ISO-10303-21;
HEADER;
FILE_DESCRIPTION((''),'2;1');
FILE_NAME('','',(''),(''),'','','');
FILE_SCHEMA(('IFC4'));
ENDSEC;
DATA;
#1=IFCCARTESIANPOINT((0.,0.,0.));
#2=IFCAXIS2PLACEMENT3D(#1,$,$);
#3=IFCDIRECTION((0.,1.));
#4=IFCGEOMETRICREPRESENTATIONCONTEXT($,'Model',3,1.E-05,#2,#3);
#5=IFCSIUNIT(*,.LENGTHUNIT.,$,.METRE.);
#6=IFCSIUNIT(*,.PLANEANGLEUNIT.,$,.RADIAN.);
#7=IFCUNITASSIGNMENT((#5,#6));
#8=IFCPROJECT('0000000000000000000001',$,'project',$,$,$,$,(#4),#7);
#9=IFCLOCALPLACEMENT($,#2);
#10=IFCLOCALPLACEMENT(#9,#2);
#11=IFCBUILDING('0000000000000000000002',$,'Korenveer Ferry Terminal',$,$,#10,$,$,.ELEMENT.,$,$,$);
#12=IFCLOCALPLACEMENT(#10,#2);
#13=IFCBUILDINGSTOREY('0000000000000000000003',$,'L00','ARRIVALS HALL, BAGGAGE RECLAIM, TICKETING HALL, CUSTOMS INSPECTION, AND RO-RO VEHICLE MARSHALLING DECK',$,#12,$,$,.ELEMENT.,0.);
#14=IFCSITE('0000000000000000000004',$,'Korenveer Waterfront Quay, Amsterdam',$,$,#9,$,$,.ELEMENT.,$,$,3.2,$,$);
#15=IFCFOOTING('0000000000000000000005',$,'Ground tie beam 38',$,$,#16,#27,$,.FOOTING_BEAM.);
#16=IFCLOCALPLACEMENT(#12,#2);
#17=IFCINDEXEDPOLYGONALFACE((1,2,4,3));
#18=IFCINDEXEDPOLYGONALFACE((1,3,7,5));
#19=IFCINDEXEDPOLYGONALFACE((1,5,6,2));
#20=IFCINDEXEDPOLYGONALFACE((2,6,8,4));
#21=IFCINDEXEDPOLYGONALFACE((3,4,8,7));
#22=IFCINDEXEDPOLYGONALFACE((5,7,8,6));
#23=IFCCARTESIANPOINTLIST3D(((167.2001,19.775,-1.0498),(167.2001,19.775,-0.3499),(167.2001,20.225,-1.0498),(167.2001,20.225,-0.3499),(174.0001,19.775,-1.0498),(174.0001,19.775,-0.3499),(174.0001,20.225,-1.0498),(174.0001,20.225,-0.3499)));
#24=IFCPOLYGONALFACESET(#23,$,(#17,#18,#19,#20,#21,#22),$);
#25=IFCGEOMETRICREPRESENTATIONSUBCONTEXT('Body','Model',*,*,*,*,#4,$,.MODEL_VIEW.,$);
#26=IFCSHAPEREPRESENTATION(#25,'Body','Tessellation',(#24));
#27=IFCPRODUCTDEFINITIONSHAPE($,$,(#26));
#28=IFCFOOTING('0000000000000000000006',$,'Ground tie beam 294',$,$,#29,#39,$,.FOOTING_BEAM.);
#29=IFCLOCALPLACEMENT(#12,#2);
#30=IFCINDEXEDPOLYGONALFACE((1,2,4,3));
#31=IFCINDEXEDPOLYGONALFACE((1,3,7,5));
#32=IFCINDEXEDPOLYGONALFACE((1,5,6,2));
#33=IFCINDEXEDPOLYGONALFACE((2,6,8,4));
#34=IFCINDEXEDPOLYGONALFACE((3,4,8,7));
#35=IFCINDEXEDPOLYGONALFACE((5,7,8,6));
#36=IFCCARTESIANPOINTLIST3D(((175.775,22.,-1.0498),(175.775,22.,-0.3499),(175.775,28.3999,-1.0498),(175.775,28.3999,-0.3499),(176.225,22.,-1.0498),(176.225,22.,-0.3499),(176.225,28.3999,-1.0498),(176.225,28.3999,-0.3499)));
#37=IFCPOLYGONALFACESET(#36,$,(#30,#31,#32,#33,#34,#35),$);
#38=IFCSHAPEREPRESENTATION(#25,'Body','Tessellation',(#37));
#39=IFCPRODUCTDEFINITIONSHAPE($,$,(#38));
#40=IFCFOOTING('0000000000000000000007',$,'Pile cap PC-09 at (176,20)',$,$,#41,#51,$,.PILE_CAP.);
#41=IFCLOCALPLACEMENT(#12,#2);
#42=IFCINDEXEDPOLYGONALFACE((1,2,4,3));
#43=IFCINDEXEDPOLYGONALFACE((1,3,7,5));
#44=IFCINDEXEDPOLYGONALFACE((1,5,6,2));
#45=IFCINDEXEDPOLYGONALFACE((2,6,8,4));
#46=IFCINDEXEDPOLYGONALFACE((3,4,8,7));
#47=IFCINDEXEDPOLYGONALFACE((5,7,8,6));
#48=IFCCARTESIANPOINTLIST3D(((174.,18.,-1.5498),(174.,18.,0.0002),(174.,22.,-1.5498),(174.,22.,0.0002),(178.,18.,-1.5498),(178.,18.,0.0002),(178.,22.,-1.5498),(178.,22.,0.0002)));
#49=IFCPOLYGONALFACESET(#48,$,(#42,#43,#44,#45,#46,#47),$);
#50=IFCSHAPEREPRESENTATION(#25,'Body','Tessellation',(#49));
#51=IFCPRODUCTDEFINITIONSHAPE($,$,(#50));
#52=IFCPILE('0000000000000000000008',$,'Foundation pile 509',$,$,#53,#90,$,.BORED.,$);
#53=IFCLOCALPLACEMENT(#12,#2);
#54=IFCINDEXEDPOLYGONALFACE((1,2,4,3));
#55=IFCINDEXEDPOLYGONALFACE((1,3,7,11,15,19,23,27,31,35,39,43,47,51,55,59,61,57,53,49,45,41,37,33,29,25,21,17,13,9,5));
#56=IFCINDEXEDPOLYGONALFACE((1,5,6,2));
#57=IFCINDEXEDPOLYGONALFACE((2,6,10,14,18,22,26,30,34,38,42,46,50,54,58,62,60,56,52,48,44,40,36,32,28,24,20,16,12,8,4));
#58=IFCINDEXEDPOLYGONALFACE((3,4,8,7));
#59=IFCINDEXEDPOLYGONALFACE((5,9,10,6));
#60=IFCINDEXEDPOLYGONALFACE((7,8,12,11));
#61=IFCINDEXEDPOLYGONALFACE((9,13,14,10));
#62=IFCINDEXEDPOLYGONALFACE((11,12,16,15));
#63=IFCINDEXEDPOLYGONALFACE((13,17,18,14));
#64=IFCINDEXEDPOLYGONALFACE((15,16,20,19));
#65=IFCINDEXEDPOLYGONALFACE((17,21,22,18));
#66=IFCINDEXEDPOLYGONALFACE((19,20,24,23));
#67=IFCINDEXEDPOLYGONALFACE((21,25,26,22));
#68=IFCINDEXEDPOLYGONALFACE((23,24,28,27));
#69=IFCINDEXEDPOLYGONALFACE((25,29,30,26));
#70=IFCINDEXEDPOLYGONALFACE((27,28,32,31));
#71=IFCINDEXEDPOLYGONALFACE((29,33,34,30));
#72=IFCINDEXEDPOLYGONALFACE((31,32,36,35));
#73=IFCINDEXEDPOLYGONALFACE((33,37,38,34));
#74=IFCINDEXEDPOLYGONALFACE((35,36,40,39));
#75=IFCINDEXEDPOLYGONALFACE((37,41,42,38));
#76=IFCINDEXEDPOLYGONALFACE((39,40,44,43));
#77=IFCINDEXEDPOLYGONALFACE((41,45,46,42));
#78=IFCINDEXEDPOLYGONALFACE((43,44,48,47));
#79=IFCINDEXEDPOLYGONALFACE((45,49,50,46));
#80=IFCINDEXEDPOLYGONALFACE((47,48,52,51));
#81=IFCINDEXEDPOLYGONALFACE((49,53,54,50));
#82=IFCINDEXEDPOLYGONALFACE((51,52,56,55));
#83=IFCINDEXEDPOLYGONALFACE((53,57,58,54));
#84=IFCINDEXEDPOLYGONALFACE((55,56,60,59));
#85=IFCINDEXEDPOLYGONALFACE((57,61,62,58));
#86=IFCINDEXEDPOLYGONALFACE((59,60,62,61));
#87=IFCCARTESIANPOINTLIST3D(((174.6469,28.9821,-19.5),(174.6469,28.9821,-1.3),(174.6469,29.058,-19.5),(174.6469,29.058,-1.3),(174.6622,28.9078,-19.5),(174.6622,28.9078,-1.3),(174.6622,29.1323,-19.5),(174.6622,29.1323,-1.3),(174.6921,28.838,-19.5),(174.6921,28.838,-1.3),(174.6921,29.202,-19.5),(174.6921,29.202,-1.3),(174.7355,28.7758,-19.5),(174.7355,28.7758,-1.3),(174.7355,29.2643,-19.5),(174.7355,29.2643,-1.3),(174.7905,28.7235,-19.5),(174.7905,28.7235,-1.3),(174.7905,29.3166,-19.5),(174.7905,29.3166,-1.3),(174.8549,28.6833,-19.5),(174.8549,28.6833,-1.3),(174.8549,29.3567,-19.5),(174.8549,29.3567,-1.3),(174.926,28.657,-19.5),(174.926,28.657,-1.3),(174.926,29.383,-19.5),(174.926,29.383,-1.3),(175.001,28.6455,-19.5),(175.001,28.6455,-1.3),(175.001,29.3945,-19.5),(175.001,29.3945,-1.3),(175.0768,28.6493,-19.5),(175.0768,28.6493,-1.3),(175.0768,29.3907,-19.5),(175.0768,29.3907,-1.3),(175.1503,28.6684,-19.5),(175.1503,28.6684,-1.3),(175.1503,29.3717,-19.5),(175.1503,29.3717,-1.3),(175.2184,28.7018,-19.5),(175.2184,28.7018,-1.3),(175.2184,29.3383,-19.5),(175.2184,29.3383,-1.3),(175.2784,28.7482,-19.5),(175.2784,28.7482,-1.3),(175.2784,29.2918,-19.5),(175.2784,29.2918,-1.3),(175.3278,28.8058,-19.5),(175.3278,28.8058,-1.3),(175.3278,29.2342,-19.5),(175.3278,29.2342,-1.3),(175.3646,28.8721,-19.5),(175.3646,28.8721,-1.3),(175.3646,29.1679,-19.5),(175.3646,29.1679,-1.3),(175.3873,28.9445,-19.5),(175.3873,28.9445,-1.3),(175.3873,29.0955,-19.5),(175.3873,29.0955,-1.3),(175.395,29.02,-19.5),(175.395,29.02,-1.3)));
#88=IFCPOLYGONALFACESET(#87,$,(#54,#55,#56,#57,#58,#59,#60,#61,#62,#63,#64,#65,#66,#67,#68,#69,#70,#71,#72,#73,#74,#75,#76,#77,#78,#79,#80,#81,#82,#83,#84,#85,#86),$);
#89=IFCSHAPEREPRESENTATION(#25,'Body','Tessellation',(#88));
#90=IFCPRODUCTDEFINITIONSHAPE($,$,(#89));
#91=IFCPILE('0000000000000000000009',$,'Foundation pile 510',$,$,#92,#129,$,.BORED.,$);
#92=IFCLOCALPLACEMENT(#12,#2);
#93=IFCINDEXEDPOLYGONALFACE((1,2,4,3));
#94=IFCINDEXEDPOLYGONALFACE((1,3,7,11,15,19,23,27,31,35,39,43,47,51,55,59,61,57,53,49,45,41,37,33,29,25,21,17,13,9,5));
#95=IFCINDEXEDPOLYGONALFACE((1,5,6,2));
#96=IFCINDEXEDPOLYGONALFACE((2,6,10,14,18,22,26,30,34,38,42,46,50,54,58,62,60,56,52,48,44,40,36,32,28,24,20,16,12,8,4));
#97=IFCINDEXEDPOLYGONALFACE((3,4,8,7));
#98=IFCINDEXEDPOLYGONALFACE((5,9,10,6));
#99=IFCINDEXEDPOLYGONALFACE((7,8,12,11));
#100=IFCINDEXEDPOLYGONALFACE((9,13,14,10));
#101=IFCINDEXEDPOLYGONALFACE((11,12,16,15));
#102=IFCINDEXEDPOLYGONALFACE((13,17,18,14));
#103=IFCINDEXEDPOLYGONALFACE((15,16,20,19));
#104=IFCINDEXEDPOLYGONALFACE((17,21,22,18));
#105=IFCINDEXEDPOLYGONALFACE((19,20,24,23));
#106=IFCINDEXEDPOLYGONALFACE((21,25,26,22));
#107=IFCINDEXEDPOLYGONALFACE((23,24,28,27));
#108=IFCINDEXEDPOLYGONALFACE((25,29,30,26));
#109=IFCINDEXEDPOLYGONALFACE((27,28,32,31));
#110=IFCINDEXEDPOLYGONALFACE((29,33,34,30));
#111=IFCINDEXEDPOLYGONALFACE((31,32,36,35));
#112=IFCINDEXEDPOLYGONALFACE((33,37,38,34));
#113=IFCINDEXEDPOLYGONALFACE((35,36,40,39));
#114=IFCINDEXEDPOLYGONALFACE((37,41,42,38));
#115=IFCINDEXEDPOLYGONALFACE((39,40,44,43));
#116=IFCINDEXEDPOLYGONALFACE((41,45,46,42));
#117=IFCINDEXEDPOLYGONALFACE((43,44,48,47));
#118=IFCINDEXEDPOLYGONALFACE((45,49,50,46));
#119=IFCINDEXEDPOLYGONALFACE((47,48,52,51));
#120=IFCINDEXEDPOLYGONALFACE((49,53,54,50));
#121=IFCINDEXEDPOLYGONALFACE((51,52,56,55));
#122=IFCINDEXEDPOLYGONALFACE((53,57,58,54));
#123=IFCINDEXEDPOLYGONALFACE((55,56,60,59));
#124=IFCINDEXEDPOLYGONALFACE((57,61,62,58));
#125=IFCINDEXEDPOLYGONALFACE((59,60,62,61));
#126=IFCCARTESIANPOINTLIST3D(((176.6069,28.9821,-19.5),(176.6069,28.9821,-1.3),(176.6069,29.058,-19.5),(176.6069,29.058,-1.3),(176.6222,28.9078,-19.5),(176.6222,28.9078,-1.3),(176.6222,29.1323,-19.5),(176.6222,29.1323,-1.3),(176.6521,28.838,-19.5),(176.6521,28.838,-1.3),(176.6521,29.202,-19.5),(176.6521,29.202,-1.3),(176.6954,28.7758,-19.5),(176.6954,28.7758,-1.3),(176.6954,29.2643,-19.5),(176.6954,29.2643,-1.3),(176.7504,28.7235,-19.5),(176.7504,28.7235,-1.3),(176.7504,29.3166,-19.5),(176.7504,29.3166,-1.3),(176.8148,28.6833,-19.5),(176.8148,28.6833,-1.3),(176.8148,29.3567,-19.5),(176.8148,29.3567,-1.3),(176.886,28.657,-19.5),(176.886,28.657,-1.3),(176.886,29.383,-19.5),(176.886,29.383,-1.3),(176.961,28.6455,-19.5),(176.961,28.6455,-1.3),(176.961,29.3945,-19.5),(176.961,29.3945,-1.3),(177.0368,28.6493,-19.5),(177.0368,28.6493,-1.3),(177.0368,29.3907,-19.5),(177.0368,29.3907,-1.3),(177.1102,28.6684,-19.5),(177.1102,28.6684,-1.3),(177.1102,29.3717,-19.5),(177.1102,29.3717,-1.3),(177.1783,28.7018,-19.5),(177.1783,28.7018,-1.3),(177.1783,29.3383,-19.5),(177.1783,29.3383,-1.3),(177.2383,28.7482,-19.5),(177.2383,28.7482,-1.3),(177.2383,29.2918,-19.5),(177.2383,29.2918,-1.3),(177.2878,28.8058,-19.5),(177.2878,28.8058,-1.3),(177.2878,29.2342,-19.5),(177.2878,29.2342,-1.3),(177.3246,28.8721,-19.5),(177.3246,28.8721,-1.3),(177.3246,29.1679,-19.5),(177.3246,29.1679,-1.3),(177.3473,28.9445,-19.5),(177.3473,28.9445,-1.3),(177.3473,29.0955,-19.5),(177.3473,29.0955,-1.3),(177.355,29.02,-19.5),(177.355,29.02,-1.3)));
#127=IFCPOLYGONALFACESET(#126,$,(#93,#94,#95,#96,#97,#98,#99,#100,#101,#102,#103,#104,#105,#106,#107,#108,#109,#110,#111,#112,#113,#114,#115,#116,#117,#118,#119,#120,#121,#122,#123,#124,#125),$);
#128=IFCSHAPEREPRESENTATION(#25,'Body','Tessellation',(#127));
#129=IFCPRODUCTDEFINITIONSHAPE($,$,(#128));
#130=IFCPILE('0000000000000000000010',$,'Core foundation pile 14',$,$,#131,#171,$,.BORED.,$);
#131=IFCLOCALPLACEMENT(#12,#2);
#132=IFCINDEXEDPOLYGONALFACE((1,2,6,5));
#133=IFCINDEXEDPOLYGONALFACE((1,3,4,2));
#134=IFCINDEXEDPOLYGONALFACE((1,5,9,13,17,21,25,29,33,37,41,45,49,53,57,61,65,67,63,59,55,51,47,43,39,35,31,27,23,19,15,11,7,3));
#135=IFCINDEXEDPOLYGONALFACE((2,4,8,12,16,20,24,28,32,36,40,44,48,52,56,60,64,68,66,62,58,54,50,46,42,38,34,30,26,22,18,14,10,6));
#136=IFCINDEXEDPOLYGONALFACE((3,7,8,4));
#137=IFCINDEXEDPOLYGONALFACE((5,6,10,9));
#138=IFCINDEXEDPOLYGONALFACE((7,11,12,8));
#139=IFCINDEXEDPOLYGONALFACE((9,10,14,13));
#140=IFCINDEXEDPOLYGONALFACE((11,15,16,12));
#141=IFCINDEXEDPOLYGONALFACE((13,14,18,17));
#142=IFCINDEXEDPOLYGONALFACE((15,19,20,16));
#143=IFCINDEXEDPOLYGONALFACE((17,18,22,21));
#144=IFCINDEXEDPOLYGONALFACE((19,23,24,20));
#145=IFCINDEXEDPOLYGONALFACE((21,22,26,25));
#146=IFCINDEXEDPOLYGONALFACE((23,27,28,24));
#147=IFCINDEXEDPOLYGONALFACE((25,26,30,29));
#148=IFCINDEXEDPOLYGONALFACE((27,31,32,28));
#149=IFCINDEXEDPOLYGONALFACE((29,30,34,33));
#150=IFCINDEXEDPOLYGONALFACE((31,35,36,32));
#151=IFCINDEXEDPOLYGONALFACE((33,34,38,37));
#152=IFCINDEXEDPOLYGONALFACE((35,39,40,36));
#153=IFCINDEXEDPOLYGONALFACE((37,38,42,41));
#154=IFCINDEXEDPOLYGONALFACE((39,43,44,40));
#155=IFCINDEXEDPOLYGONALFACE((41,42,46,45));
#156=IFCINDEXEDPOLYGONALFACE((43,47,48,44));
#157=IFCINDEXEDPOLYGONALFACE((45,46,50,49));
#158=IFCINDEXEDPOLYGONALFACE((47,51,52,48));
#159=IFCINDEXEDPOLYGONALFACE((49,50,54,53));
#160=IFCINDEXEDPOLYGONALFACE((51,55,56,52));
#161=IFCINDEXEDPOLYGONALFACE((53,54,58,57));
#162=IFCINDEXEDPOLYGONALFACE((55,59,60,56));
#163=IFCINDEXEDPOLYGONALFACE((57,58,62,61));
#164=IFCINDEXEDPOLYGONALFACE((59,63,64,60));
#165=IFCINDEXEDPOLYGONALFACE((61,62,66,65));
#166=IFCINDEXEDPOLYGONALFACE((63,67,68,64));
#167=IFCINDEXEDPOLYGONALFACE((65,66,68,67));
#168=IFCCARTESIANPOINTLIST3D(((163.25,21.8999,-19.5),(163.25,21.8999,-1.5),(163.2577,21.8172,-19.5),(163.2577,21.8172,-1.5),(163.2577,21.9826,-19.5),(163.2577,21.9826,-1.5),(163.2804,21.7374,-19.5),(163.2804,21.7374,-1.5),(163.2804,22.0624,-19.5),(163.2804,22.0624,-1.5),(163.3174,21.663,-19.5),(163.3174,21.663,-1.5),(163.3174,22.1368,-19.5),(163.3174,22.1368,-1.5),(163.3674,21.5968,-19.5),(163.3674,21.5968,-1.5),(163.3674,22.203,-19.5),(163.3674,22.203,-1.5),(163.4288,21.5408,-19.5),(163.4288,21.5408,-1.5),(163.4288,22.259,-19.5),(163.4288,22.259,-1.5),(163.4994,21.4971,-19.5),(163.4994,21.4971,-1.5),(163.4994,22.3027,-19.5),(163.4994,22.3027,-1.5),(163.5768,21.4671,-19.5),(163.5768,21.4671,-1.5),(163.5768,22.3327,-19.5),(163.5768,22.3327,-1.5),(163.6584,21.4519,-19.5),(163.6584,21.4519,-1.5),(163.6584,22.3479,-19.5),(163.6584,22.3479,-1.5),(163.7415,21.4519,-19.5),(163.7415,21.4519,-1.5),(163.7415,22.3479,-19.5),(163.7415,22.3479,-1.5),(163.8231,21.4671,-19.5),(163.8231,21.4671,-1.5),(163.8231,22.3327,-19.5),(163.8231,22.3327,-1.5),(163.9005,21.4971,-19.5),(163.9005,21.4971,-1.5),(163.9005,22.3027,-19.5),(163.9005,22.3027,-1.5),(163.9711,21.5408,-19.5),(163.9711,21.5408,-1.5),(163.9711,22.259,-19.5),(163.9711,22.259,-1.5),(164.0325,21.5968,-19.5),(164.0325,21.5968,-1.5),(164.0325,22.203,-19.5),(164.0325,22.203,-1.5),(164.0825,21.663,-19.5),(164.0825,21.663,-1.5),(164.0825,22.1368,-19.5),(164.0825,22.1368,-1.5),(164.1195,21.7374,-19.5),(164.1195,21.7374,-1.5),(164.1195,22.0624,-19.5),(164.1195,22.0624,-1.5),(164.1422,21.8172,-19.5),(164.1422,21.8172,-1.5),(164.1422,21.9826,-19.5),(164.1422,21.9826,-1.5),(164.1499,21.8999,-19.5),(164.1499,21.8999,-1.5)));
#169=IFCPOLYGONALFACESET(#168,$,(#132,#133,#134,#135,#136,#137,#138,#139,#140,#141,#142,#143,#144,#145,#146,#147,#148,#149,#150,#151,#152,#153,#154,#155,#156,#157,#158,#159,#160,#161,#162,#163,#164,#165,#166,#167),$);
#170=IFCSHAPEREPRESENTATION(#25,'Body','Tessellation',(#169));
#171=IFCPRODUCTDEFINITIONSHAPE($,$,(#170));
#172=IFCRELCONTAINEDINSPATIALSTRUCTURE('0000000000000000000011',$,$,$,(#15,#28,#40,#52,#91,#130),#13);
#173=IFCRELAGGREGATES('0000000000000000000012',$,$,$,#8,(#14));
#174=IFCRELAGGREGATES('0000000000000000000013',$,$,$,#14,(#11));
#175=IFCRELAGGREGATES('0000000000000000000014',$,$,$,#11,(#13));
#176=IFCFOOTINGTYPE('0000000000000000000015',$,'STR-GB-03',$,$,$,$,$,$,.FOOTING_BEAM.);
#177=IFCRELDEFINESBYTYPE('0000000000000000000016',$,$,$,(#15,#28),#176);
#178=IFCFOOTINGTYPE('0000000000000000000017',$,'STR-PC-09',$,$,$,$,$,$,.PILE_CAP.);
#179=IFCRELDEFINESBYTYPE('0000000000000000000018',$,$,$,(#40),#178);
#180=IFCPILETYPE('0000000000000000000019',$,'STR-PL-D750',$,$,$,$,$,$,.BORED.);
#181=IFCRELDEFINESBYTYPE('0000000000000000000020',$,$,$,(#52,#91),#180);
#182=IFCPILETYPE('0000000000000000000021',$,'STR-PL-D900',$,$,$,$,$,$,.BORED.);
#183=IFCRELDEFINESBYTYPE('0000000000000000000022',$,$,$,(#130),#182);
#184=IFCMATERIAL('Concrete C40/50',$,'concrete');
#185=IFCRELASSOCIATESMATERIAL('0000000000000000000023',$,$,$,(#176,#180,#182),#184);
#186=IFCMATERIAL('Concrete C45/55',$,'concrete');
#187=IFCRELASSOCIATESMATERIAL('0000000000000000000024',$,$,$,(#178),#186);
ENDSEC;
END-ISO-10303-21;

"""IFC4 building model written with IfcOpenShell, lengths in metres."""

from ifc_helpers import new_model, si_unit, direction, frame, origin, origin_2d, place, context, subcontext, project, spatial, rectangle, circle, extrude, material, material_profile, profile_set, type_object, element, save


model = new_model("IFC4")

# Units and contexts
model_context = context("Model", 3, precision=1e-05, world=origin(), true_north=direction((0.0, 1.0)))
body_context = subcontext(model_context, "Body", "Model", "MODEL_VIEW")
ifc_project = project(units=[si_unit("LENGTHUNIT", "METRE"), si_unit("PLANEANGLEUNIT", "RADIAN")], contexts=[model_context])

# Site, building, storey
site_placement = place(None, origin())
site = spatial("IfcSite", under=ifc_project, at=site_placement, Name="Korenveer Waterfront Quay, Amsterdam", CompositionType="ELEMENT", RefElevation=3.2)
building_placement = place(site_placement, origin())
building = spatial("IfcBuilding", under=site, at=building_placement, Name="Korenveer Ferry Terminal", CompositionType="ELEMENT")
storey_placement = place(building_placement, origin())
storey = spatial("IfcBuildingStorey", under=building, at=storey_placement, Name="L00", Description="ARRIVALS HALL, BAGGAGE RECLAIM, TICKETING HALL, CUSTOMS INSPECTION, AND RO-RO VEHICLE MARSHALLING DECK", CompositionType="ELEMENT", Elevation=0.0)

# Footings
ifc_material_1 = material(Name="Concrete C40/50", Category="concrete")
footing_type_1 = type_object("IfcFootingType", Name="STR-GB-03", PredefinedType="FOOTING_BEAM", material=ifc_material_1)
footing_1_placement = place(storey_placement, frame((170.6001, 20.0, -1.0498), z_axis=(0.0, 0.0, 1.0), x_axis=(1.0, 0.0, 0.0)))
element("IfcFooting", 1, at=footing_1_placement, inside=storey, type_object=footing_type_1, Name="Ground tie beam 38", PredefinedType="FOOTING_BEAM", context=body_context, shape_type="SweptSolid", body=[
    extrude(rectangle(XDim=6.8, YDim=0.45, at=origin_2d()), origin(), (0.0, 0.0, 1.0), 0.7),
])
footing_2_placement = place(storey_placement, frame((176.0, 25.2, -1.0498), z_axis=(0.0, 0.0, 1.0), x_axis=(1.0, 0.0, 0.0)))
element("IfcFooting", 2, at=footing_2_placement, inside=storey, type_object=footing_type_1, Name="Ground tie beam 294", PredefinedType="FOOTING_BEAM", context=body_context, shape_type="SweptSolid", body=[
    extrude(rectangle(XDim=0.45, YDim=6.3999, at=origin_2d()), origin(), (0.0, 0.0, 1.0), 0.7),
])
ifc_material_2 = material(Name="Concrete C45/55", Category="concrete")
footing_type_2 = type_object("IfcFootingType", Name="STR-PC-09", PredefinedType="PILE_CAP", material=ifc_material_2)
footing_3_placement = place(storey_placement, frame((176.0, 20.0, -1.5498), z_axis=(0.0, 0.0, 1.0), x_axis=(1.0, 0.0, 0.0)))
element("IfcFooting", 3, at=footing_3_placement, inside=storey, type_object=footing_type_2, Name="Pile cap PC-09 at (176,20)", PredefinedType="PILE_CAP", context=body_context, shape_type="SweptSolid", body=[
    extrude(rectangle(XDim=4.0, YDim=4.0, at=origin_2d()), origin(), (0.0, 0.0, 1.0), 1.55),
])

# Piles
ifc_material_profile_1 = material_profile(ifc_material_1, circle(Radius=0.375, at=origin_2d()), Name="PILE D750")
ifc_profile_set_1 = profile_set([ifc_material_profile_1], Name="Concrete C40/50")
pile_type_1 = type_object("IfcPileType", Name="STR-PL-D750", PredefinedType="BORED", material=ifc_profile_set_1)
for number, where, z_axis, x_axis, name in (
    (4, (175.02, 29.02, -1.3), (0.0, 0.0, -1.0), (1.0, 0.0, 0.0), "Foundation pile 509"),
    (5, (176.98, 29.02, -1.3), (0.0, 0.0, -1.0), (1.0, 0.0, 0.0), "Foundation pile 510"),
):
    element("IfcPile", number, at=place(storey_placement, frame(where, z_axis=z_axis, x_axis=x_axis)), inside=storey, type_object=pile_type_1, Name=name, PredefinedType="BORED", context=body_context, shape_type="SweptSolid", body=[
        extrude(circle(Radius=0.375, at=origin_2d()), origin(), (0.0, 0.0, 1.0), 18.2),
    ])
ifc_material_profile_2 = material_profile(ifc_material_1, circle(Radius=0.45, at=origin_2d()), Name="PILE D900")
ifc_profile_set_2 = profile_set([ifc_material_profile_2], Name="Concrete C40/50")
pile_type_2 = type_object("IfcPileType", Name="STR-PL-D900", PredefinedType="BORED", material=ifc_profile_set_2)
for number, where, z_axis, x_axis, name in (
    (6, (163.7, 21.8999, -1.5), (0.0, 0.0, -1.0), (1.0, 0.0, 0.0), "Core foundation pile 14"),
):
    element("IfcPile", number, at=place(storey_placement, frame(where, z_axis=z_axis, x_axis=x_axis)), inside=storey, type_object=pile_type_2, Name=name, PredefinedType="BORED", context=body_context, shape_type="SweptSolid", body=[
        extrude(circle(Radius=0.45, at=origin_2d()), origin(), (0.0, 0.0, 1.0), 18.0),
    ])

save(model, "model.ifc")
